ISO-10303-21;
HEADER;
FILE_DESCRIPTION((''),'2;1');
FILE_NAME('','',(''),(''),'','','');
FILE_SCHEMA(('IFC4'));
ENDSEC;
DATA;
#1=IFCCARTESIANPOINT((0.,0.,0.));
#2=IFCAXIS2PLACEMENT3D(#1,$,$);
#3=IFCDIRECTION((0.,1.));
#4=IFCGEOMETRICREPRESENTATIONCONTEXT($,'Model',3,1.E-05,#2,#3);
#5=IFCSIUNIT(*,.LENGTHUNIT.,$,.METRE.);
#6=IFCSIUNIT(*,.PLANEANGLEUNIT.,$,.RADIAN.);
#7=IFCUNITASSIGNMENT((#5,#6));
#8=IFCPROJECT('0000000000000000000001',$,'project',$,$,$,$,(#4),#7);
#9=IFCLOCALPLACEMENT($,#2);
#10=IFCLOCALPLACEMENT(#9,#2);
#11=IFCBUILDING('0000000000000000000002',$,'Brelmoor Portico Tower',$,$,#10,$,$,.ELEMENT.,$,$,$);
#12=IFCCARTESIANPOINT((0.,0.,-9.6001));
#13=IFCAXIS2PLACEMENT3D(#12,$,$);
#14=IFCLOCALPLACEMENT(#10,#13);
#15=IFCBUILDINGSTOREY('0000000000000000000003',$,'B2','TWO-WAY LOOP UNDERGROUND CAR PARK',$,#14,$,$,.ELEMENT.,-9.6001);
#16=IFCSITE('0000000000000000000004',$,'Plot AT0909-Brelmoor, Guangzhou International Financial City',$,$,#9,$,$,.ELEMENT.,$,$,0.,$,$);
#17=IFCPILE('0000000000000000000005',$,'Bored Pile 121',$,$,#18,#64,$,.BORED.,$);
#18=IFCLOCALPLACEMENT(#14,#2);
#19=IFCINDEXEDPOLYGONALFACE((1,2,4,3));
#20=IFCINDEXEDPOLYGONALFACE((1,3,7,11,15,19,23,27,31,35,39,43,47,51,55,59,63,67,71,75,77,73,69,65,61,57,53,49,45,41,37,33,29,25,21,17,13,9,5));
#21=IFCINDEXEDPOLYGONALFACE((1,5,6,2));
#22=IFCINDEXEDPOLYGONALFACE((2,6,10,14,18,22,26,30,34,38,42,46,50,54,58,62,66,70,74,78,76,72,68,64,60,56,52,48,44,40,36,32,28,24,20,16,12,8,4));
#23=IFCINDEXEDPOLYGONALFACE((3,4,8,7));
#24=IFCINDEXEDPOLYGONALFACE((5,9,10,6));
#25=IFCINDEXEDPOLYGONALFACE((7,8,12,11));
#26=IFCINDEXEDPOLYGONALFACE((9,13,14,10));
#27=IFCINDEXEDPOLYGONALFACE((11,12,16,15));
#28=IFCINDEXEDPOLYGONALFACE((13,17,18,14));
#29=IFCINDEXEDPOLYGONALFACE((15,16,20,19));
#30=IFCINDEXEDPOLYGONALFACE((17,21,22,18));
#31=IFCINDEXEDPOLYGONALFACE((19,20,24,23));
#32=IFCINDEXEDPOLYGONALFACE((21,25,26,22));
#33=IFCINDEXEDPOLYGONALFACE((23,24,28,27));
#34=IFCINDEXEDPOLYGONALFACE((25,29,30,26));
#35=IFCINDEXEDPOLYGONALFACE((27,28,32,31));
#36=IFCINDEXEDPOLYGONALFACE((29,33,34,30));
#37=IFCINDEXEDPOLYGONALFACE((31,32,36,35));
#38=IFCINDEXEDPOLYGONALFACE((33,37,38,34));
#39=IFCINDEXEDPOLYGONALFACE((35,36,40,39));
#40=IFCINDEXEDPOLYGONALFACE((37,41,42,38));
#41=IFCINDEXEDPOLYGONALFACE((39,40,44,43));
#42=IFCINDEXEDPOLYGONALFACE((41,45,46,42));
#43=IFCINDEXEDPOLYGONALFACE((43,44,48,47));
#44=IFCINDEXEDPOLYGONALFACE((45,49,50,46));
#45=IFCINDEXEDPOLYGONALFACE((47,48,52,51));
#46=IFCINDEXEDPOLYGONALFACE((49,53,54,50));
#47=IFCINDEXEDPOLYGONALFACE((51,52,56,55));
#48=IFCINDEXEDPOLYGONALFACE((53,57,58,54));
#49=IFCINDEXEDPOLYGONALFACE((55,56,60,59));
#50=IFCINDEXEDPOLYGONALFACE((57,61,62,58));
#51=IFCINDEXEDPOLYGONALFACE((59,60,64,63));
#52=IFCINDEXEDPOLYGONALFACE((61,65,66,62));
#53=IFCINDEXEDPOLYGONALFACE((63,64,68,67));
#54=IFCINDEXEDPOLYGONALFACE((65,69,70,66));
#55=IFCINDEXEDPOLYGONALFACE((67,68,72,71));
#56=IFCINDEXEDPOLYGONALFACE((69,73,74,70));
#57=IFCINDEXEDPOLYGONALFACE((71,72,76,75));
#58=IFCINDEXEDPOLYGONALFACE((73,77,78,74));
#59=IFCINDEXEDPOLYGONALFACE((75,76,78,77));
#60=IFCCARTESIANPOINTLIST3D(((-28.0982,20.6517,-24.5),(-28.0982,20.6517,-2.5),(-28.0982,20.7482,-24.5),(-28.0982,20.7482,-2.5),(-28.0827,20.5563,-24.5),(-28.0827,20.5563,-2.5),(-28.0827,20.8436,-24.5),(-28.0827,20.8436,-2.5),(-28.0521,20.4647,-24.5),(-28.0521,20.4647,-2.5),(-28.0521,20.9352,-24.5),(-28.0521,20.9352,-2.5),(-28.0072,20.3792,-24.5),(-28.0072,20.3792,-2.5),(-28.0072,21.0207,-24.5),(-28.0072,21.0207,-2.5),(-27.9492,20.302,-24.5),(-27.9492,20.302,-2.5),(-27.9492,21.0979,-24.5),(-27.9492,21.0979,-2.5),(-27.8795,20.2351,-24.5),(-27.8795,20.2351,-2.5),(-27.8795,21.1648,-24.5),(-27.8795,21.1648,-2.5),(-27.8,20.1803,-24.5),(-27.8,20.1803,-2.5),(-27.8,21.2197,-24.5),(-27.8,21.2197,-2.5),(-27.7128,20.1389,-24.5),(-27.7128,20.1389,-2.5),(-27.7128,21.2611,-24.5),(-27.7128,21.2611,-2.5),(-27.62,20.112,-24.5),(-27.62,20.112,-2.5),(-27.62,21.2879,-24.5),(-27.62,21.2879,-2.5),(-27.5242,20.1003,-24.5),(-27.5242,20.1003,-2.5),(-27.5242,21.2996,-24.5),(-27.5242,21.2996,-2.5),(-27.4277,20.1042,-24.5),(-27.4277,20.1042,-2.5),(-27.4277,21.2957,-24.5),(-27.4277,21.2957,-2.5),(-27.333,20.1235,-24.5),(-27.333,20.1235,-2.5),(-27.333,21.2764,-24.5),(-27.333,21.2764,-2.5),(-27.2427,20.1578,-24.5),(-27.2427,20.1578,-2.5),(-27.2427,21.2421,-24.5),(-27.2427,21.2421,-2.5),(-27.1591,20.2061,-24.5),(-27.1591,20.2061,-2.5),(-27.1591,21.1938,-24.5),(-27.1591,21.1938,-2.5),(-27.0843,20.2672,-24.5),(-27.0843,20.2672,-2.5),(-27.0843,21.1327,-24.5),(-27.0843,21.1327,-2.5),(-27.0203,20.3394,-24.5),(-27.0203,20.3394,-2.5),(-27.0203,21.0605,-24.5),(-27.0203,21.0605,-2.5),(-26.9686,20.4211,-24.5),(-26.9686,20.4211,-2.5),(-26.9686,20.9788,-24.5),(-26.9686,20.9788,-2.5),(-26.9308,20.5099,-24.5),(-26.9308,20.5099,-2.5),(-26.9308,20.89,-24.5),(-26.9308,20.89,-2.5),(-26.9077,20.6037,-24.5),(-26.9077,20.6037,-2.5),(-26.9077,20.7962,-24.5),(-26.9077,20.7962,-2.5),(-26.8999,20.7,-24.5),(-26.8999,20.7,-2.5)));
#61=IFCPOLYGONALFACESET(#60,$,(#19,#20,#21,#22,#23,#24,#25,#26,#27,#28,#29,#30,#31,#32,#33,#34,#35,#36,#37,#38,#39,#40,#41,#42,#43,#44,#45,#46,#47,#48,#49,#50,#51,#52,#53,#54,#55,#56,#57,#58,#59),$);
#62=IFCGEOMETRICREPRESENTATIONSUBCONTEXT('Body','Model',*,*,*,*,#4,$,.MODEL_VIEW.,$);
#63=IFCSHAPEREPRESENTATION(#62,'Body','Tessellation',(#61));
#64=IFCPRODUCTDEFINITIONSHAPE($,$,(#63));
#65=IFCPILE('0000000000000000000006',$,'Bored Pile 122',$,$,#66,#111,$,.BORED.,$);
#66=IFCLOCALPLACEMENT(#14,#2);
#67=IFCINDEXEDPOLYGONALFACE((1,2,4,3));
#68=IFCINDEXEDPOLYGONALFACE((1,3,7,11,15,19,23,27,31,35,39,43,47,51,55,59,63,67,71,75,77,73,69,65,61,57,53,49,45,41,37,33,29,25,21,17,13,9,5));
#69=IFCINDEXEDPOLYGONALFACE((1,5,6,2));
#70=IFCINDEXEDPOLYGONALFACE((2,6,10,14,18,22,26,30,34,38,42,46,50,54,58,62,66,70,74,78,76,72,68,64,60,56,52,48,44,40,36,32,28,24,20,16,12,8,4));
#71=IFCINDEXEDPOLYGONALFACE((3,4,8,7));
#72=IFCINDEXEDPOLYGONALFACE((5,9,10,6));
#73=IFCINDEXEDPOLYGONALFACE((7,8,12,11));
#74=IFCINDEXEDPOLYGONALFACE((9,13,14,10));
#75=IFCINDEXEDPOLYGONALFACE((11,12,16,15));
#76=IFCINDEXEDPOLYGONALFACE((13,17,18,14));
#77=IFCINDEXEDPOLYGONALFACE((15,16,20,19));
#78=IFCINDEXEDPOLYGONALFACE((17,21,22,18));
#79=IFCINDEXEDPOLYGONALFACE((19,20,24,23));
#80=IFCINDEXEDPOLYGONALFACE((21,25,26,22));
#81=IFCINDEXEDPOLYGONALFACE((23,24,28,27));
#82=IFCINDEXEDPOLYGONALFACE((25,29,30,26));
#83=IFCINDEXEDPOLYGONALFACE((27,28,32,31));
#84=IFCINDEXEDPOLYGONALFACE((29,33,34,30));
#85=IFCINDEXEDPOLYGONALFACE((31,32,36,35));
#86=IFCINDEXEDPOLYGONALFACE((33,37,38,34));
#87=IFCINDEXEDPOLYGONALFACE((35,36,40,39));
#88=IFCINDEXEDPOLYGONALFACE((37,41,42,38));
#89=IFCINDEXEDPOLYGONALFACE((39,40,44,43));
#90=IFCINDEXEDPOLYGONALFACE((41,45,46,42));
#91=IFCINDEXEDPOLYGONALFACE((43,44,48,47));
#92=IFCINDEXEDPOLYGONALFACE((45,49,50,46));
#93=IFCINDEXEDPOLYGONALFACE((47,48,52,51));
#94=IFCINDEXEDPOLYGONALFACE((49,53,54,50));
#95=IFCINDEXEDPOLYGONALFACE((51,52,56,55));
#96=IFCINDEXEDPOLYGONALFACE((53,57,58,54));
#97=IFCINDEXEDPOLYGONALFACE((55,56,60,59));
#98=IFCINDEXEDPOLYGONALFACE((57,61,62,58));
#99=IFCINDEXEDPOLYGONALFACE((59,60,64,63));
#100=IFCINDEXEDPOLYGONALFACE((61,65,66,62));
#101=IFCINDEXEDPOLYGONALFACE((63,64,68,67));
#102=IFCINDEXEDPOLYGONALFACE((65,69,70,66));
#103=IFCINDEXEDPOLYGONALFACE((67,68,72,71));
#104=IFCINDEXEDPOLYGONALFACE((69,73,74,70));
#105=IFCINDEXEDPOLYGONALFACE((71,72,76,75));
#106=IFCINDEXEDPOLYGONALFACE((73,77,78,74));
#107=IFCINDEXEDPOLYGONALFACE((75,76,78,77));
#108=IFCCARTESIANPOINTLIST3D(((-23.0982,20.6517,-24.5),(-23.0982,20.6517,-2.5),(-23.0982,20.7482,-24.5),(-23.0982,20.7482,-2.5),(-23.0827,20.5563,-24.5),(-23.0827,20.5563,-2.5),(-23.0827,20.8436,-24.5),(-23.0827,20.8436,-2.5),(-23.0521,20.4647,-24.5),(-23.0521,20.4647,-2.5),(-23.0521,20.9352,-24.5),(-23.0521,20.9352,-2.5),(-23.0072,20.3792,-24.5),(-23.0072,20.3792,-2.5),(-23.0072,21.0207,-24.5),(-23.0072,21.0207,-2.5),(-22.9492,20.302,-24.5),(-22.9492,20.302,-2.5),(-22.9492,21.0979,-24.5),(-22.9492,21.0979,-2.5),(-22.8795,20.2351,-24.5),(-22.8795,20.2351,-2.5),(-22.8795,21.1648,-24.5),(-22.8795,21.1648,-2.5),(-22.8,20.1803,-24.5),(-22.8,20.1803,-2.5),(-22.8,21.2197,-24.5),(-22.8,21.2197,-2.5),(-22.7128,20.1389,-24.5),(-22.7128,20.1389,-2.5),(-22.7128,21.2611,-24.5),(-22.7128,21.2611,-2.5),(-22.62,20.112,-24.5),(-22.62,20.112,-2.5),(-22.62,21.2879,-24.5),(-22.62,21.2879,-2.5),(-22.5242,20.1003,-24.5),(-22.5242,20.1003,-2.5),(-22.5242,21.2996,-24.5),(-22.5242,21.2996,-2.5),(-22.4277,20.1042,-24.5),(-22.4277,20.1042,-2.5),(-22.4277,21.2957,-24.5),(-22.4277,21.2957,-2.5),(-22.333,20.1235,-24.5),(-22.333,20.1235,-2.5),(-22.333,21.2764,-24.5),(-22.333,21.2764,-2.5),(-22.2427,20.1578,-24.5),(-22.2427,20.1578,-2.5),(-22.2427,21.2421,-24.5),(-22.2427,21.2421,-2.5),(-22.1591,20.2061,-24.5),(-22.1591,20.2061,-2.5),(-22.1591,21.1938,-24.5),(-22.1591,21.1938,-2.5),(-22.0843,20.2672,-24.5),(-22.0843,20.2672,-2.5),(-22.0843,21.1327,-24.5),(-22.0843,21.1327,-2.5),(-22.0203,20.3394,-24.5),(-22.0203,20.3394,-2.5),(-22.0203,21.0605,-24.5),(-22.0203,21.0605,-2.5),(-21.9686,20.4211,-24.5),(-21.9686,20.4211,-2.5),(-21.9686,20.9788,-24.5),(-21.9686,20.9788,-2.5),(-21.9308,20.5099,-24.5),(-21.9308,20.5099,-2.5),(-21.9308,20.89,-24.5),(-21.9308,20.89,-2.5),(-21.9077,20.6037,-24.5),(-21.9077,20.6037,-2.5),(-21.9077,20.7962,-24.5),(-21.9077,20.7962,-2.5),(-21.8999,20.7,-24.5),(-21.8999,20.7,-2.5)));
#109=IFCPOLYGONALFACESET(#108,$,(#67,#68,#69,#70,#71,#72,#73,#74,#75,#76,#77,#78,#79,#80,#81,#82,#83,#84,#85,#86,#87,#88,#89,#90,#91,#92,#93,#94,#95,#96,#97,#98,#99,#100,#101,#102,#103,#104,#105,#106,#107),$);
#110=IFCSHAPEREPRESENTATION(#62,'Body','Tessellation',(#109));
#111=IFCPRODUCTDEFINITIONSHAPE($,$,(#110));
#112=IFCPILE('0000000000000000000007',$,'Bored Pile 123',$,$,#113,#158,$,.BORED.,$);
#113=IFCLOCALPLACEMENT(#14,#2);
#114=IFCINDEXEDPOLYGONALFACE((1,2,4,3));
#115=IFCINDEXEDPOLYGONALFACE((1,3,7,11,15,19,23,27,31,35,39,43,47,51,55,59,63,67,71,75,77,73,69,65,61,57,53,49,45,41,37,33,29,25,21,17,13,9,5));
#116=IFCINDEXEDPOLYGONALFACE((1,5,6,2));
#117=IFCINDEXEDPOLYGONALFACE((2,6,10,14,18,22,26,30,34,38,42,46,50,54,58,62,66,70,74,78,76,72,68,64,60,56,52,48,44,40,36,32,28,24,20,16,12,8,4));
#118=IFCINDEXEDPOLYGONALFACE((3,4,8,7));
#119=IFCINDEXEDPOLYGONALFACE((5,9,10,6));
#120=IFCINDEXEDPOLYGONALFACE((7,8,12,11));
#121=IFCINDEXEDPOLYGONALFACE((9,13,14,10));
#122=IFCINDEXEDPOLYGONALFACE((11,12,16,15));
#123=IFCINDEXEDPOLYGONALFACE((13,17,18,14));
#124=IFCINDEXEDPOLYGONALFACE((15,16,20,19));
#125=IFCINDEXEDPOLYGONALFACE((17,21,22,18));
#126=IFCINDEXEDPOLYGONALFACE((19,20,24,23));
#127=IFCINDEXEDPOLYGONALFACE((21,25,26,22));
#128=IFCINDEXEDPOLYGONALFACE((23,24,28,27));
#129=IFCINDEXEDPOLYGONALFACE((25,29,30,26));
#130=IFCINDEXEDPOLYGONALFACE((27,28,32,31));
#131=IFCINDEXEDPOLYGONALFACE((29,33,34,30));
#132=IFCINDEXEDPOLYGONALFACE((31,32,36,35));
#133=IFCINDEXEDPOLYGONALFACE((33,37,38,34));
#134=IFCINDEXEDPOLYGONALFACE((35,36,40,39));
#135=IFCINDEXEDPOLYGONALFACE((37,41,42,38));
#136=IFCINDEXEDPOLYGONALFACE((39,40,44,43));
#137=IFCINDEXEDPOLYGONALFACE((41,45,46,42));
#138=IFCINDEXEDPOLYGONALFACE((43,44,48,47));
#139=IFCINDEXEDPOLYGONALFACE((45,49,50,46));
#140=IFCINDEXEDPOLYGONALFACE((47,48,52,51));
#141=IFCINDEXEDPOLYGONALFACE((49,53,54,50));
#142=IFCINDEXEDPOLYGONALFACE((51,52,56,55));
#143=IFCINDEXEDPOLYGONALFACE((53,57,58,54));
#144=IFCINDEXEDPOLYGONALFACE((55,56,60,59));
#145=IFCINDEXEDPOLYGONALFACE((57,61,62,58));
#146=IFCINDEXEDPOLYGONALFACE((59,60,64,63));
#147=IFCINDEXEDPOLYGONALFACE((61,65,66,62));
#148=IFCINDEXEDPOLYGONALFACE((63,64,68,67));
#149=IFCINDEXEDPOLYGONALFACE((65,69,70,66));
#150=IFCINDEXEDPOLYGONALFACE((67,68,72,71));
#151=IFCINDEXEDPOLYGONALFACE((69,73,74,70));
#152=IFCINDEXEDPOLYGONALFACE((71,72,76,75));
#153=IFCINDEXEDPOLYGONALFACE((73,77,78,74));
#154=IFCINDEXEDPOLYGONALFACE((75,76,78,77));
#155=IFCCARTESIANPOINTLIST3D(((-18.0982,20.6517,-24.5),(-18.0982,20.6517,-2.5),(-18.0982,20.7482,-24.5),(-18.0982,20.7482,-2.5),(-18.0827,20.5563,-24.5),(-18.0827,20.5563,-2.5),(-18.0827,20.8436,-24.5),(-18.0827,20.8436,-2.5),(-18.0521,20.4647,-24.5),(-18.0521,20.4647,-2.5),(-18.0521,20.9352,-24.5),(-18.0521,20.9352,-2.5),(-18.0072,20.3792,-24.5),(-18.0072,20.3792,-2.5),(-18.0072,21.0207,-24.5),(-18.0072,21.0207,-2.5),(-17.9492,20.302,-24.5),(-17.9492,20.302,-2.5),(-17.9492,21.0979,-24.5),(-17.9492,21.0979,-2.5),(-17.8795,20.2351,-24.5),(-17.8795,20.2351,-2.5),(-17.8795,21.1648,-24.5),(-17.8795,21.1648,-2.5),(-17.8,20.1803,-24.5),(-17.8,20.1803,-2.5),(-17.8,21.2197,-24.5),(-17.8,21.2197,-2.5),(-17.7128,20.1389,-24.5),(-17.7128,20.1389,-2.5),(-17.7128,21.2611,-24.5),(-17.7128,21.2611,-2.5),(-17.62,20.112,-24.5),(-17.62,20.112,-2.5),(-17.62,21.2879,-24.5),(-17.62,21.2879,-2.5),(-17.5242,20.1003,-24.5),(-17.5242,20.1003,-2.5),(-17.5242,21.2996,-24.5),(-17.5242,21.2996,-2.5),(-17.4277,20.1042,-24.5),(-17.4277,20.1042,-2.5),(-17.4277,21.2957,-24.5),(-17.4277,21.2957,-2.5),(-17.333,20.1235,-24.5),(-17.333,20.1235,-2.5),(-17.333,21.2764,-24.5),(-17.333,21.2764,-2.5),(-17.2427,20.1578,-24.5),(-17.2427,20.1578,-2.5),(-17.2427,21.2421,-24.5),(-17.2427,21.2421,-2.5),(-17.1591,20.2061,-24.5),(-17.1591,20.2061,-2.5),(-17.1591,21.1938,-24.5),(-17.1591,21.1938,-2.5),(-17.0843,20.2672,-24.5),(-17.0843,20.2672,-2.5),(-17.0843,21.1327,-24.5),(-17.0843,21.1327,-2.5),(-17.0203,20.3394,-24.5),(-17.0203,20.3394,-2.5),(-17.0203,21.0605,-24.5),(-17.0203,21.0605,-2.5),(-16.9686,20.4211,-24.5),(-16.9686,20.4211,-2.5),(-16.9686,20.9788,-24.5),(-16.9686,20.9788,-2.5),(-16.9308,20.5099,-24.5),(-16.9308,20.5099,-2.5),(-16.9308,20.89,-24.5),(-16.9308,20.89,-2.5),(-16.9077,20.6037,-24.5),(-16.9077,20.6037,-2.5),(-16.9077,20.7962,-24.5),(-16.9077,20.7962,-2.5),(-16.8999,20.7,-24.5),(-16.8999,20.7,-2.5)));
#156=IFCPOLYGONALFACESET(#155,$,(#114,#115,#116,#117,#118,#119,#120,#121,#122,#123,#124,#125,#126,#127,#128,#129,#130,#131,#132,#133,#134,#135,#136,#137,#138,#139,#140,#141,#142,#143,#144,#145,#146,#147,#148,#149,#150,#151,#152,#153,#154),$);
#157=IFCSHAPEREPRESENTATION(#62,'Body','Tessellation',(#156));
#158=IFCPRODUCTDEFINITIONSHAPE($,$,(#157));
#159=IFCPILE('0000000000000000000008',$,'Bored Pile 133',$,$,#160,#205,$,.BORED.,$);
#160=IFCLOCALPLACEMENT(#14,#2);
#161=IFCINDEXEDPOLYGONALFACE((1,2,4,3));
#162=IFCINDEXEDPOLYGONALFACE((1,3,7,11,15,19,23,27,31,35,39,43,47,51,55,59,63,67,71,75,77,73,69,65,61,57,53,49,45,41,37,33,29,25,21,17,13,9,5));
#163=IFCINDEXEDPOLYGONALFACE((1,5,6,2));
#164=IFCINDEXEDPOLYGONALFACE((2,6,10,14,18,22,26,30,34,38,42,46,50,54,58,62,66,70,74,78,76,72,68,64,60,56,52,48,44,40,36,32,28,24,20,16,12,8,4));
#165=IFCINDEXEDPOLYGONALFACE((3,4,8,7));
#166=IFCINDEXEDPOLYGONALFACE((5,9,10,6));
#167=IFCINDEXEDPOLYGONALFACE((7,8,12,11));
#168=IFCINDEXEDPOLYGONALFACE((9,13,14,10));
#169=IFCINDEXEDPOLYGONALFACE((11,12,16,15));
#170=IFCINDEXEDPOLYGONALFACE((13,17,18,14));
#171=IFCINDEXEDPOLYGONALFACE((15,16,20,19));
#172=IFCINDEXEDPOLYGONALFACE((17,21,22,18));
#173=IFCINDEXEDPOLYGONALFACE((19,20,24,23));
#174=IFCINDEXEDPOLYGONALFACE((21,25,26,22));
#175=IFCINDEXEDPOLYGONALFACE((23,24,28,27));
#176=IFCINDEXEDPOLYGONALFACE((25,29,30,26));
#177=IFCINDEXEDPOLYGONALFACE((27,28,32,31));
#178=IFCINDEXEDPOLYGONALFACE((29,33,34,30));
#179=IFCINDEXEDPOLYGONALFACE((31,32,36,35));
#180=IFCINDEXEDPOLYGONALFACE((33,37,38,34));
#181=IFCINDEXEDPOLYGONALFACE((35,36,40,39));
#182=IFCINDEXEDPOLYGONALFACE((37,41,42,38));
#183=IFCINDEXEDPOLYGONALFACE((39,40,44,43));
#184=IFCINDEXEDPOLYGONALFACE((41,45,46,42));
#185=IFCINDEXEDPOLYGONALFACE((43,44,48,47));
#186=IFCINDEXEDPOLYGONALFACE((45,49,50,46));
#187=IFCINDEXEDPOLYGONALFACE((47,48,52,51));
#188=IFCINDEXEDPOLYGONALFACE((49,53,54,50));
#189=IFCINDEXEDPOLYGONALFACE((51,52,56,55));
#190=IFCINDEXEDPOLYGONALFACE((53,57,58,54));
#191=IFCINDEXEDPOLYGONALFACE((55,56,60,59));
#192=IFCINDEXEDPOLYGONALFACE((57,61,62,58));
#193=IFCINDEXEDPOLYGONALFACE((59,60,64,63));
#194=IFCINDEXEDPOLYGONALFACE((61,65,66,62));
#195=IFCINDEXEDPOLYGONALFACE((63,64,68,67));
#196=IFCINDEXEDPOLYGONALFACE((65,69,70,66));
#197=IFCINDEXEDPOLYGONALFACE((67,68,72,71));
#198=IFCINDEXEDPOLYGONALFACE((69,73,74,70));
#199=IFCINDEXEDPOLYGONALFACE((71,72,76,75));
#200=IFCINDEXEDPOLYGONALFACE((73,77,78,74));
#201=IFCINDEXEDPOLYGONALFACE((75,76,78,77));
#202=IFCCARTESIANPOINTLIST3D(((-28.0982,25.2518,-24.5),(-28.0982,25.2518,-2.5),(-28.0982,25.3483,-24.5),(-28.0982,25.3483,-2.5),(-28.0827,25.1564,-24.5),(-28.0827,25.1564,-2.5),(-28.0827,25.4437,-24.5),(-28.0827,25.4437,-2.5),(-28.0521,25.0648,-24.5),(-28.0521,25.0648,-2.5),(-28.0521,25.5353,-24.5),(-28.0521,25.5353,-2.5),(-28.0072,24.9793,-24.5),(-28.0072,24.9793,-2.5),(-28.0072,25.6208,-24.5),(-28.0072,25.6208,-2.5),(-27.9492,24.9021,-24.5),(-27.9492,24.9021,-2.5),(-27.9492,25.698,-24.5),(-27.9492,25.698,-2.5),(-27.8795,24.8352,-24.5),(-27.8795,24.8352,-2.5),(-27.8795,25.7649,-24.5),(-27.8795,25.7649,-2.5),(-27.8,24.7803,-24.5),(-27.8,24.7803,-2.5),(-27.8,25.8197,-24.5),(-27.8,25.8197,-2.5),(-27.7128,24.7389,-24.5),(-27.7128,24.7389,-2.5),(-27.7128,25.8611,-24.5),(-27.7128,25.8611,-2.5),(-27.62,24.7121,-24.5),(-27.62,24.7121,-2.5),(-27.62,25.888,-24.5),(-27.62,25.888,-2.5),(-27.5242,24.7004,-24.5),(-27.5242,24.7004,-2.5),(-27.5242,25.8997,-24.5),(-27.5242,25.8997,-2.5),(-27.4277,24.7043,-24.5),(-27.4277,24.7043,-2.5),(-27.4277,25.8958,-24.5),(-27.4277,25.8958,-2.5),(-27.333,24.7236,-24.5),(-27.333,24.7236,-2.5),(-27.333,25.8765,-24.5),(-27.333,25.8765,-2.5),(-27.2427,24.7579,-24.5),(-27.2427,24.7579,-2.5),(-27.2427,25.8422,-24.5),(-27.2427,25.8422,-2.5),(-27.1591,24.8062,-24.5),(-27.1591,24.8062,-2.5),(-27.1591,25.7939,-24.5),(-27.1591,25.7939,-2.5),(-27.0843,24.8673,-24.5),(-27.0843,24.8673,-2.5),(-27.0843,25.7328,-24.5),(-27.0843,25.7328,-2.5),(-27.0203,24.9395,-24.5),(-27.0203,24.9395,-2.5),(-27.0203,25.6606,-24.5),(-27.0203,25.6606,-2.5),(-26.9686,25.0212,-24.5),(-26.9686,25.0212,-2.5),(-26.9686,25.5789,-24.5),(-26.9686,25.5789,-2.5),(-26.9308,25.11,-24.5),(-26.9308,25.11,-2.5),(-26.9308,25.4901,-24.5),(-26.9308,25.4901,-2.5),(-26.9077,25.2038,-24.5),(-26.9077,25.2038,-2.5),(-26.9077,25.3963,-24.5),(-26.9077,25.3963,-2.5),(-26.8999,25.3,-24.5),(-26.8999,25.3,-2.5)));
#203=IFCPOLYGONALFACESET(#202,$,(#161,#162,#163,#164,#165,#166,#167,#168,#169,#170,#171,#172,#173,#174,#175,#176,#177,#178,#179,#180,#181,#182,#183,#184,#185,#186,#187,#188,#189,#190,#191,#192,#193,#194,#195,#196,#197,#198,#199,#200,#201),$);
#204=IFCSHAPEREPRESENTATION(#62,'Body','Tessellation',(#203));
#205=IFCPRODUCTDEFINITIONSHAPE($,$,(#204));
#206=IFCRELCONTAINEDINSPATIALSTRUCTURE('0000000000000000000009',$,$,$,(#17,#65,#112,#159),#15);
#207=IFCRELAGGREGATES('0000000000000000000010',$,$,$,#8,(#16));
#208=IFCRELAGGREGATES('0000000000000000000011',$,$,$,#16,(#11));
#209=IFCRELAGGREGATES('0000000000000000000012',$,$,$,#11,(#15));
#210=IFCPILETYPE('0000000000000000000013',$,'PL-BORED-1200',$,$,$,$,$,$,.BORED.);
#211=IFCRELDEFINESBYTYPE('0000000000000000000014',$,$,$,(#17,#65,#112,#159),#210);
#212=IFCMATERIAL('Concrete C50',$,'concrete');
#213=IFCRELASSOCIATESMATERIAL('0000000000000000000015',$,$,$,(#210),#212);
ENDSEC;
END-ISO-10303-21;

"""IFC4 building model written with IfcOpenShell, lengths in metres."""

from ifc_helpers import new_model, si_unit, direction, frame, origin, origin_2d, place, context, subcontext, project, spatial, circle, extrude, material, material_profile, profile_set, type_object, element, save


model = new_model("IFC4")

# Units and contexts
model_context = context("Model", 3, precision=1e-05, world=origin(), true_north=direction((0.0, 1.0)))
body_context = subcontext(model_context, "Body", "Model", "MODEL_VIEW")
ifc_project = project(units=[si_unit("LENGTHUNIT", "METRE"), si_unit("PLANEANGLEUNIT", "RADIAN")], contexts=[model_context])

# Site, building, storey
site_placement = place(None, origin())
site = spatial("IfcSite", under=ifc_project, at=site_placement, Name="Plot AT0909-Brelmoor, Guangzhou International Financial City", CompositionType="ELEMENT", RefElevation=0.0)
building_placement = place(site_placement, origin())
building = spatial("IfcBuilding", under=site, at=building_placement, Name="Brelmoor Portico Tower", CompositionType="ELEMENT")
storey_placement = place(building_placement, frame((0.0, 0.0, -9.6001)))
storey = spatial("IfcBuildingStorey", under=building, at=storey_placement, Name="B2", Description="TWO-WAY LOOP UNDERGROUND CAR PARK", CompositionType="ELEMENT", Elevation=-9.6001)

# Shared definitions
ifc_material_1 = material(Name="Concrete C50", Category="concrete")

# Piles
ifc_material_profile_1 = material_profile(ifc_material_1, circle(Radius=0.6001, at=origin_2d()), Name="BORED PILE D1200")
ifc_profile_set_1 = profile_set([ifc_material_profile_1], Name="Concrete C50")
pile_type = type_object("IfcPileType", Name="PL-BORED-1200", PredefinedType="BORED", material=ifc_profile_set_1)
for number, where, z_axis, x_axis, name in (
    (1, (-27.5, 20.7, -2.5), (0.0, 0.0, -1.0), (1.0, 0.0, 0.0), "Bored Pile 121"),
    (2, (-22.5, 20.7, -2.5), (0.0, 0.0, -1.0), (1.0, 0.0, 0.0), "Bored Pile 122"),
    (3, (-17.5, 20.7, -2.5), (0.0, 0.0, -1.0), (1.0, 0.0, 0.0), "Bored Pile 123"),
    (4, (-27.5, 25.3, -2.5), (0.0, 0.0, -1.0), (1.0, 0.0, 0.0), "Bored Pile 133"),
):
    element("IfcPile", number, at=place(storey_placement, frame(where, z_axis=z_axis, x_axis=x_axis)), inside=storey, type_object=pile_type, Name=name, PredefinedType="BORED", context=body_context, shape_type="SweptSolid", body=[
        extrude(circle(Radius=0.6001, at=origin_2d()), origin(), (0.0, 0.0, 1.0), 22.0),
    ])

save(model, "model.ifc")
